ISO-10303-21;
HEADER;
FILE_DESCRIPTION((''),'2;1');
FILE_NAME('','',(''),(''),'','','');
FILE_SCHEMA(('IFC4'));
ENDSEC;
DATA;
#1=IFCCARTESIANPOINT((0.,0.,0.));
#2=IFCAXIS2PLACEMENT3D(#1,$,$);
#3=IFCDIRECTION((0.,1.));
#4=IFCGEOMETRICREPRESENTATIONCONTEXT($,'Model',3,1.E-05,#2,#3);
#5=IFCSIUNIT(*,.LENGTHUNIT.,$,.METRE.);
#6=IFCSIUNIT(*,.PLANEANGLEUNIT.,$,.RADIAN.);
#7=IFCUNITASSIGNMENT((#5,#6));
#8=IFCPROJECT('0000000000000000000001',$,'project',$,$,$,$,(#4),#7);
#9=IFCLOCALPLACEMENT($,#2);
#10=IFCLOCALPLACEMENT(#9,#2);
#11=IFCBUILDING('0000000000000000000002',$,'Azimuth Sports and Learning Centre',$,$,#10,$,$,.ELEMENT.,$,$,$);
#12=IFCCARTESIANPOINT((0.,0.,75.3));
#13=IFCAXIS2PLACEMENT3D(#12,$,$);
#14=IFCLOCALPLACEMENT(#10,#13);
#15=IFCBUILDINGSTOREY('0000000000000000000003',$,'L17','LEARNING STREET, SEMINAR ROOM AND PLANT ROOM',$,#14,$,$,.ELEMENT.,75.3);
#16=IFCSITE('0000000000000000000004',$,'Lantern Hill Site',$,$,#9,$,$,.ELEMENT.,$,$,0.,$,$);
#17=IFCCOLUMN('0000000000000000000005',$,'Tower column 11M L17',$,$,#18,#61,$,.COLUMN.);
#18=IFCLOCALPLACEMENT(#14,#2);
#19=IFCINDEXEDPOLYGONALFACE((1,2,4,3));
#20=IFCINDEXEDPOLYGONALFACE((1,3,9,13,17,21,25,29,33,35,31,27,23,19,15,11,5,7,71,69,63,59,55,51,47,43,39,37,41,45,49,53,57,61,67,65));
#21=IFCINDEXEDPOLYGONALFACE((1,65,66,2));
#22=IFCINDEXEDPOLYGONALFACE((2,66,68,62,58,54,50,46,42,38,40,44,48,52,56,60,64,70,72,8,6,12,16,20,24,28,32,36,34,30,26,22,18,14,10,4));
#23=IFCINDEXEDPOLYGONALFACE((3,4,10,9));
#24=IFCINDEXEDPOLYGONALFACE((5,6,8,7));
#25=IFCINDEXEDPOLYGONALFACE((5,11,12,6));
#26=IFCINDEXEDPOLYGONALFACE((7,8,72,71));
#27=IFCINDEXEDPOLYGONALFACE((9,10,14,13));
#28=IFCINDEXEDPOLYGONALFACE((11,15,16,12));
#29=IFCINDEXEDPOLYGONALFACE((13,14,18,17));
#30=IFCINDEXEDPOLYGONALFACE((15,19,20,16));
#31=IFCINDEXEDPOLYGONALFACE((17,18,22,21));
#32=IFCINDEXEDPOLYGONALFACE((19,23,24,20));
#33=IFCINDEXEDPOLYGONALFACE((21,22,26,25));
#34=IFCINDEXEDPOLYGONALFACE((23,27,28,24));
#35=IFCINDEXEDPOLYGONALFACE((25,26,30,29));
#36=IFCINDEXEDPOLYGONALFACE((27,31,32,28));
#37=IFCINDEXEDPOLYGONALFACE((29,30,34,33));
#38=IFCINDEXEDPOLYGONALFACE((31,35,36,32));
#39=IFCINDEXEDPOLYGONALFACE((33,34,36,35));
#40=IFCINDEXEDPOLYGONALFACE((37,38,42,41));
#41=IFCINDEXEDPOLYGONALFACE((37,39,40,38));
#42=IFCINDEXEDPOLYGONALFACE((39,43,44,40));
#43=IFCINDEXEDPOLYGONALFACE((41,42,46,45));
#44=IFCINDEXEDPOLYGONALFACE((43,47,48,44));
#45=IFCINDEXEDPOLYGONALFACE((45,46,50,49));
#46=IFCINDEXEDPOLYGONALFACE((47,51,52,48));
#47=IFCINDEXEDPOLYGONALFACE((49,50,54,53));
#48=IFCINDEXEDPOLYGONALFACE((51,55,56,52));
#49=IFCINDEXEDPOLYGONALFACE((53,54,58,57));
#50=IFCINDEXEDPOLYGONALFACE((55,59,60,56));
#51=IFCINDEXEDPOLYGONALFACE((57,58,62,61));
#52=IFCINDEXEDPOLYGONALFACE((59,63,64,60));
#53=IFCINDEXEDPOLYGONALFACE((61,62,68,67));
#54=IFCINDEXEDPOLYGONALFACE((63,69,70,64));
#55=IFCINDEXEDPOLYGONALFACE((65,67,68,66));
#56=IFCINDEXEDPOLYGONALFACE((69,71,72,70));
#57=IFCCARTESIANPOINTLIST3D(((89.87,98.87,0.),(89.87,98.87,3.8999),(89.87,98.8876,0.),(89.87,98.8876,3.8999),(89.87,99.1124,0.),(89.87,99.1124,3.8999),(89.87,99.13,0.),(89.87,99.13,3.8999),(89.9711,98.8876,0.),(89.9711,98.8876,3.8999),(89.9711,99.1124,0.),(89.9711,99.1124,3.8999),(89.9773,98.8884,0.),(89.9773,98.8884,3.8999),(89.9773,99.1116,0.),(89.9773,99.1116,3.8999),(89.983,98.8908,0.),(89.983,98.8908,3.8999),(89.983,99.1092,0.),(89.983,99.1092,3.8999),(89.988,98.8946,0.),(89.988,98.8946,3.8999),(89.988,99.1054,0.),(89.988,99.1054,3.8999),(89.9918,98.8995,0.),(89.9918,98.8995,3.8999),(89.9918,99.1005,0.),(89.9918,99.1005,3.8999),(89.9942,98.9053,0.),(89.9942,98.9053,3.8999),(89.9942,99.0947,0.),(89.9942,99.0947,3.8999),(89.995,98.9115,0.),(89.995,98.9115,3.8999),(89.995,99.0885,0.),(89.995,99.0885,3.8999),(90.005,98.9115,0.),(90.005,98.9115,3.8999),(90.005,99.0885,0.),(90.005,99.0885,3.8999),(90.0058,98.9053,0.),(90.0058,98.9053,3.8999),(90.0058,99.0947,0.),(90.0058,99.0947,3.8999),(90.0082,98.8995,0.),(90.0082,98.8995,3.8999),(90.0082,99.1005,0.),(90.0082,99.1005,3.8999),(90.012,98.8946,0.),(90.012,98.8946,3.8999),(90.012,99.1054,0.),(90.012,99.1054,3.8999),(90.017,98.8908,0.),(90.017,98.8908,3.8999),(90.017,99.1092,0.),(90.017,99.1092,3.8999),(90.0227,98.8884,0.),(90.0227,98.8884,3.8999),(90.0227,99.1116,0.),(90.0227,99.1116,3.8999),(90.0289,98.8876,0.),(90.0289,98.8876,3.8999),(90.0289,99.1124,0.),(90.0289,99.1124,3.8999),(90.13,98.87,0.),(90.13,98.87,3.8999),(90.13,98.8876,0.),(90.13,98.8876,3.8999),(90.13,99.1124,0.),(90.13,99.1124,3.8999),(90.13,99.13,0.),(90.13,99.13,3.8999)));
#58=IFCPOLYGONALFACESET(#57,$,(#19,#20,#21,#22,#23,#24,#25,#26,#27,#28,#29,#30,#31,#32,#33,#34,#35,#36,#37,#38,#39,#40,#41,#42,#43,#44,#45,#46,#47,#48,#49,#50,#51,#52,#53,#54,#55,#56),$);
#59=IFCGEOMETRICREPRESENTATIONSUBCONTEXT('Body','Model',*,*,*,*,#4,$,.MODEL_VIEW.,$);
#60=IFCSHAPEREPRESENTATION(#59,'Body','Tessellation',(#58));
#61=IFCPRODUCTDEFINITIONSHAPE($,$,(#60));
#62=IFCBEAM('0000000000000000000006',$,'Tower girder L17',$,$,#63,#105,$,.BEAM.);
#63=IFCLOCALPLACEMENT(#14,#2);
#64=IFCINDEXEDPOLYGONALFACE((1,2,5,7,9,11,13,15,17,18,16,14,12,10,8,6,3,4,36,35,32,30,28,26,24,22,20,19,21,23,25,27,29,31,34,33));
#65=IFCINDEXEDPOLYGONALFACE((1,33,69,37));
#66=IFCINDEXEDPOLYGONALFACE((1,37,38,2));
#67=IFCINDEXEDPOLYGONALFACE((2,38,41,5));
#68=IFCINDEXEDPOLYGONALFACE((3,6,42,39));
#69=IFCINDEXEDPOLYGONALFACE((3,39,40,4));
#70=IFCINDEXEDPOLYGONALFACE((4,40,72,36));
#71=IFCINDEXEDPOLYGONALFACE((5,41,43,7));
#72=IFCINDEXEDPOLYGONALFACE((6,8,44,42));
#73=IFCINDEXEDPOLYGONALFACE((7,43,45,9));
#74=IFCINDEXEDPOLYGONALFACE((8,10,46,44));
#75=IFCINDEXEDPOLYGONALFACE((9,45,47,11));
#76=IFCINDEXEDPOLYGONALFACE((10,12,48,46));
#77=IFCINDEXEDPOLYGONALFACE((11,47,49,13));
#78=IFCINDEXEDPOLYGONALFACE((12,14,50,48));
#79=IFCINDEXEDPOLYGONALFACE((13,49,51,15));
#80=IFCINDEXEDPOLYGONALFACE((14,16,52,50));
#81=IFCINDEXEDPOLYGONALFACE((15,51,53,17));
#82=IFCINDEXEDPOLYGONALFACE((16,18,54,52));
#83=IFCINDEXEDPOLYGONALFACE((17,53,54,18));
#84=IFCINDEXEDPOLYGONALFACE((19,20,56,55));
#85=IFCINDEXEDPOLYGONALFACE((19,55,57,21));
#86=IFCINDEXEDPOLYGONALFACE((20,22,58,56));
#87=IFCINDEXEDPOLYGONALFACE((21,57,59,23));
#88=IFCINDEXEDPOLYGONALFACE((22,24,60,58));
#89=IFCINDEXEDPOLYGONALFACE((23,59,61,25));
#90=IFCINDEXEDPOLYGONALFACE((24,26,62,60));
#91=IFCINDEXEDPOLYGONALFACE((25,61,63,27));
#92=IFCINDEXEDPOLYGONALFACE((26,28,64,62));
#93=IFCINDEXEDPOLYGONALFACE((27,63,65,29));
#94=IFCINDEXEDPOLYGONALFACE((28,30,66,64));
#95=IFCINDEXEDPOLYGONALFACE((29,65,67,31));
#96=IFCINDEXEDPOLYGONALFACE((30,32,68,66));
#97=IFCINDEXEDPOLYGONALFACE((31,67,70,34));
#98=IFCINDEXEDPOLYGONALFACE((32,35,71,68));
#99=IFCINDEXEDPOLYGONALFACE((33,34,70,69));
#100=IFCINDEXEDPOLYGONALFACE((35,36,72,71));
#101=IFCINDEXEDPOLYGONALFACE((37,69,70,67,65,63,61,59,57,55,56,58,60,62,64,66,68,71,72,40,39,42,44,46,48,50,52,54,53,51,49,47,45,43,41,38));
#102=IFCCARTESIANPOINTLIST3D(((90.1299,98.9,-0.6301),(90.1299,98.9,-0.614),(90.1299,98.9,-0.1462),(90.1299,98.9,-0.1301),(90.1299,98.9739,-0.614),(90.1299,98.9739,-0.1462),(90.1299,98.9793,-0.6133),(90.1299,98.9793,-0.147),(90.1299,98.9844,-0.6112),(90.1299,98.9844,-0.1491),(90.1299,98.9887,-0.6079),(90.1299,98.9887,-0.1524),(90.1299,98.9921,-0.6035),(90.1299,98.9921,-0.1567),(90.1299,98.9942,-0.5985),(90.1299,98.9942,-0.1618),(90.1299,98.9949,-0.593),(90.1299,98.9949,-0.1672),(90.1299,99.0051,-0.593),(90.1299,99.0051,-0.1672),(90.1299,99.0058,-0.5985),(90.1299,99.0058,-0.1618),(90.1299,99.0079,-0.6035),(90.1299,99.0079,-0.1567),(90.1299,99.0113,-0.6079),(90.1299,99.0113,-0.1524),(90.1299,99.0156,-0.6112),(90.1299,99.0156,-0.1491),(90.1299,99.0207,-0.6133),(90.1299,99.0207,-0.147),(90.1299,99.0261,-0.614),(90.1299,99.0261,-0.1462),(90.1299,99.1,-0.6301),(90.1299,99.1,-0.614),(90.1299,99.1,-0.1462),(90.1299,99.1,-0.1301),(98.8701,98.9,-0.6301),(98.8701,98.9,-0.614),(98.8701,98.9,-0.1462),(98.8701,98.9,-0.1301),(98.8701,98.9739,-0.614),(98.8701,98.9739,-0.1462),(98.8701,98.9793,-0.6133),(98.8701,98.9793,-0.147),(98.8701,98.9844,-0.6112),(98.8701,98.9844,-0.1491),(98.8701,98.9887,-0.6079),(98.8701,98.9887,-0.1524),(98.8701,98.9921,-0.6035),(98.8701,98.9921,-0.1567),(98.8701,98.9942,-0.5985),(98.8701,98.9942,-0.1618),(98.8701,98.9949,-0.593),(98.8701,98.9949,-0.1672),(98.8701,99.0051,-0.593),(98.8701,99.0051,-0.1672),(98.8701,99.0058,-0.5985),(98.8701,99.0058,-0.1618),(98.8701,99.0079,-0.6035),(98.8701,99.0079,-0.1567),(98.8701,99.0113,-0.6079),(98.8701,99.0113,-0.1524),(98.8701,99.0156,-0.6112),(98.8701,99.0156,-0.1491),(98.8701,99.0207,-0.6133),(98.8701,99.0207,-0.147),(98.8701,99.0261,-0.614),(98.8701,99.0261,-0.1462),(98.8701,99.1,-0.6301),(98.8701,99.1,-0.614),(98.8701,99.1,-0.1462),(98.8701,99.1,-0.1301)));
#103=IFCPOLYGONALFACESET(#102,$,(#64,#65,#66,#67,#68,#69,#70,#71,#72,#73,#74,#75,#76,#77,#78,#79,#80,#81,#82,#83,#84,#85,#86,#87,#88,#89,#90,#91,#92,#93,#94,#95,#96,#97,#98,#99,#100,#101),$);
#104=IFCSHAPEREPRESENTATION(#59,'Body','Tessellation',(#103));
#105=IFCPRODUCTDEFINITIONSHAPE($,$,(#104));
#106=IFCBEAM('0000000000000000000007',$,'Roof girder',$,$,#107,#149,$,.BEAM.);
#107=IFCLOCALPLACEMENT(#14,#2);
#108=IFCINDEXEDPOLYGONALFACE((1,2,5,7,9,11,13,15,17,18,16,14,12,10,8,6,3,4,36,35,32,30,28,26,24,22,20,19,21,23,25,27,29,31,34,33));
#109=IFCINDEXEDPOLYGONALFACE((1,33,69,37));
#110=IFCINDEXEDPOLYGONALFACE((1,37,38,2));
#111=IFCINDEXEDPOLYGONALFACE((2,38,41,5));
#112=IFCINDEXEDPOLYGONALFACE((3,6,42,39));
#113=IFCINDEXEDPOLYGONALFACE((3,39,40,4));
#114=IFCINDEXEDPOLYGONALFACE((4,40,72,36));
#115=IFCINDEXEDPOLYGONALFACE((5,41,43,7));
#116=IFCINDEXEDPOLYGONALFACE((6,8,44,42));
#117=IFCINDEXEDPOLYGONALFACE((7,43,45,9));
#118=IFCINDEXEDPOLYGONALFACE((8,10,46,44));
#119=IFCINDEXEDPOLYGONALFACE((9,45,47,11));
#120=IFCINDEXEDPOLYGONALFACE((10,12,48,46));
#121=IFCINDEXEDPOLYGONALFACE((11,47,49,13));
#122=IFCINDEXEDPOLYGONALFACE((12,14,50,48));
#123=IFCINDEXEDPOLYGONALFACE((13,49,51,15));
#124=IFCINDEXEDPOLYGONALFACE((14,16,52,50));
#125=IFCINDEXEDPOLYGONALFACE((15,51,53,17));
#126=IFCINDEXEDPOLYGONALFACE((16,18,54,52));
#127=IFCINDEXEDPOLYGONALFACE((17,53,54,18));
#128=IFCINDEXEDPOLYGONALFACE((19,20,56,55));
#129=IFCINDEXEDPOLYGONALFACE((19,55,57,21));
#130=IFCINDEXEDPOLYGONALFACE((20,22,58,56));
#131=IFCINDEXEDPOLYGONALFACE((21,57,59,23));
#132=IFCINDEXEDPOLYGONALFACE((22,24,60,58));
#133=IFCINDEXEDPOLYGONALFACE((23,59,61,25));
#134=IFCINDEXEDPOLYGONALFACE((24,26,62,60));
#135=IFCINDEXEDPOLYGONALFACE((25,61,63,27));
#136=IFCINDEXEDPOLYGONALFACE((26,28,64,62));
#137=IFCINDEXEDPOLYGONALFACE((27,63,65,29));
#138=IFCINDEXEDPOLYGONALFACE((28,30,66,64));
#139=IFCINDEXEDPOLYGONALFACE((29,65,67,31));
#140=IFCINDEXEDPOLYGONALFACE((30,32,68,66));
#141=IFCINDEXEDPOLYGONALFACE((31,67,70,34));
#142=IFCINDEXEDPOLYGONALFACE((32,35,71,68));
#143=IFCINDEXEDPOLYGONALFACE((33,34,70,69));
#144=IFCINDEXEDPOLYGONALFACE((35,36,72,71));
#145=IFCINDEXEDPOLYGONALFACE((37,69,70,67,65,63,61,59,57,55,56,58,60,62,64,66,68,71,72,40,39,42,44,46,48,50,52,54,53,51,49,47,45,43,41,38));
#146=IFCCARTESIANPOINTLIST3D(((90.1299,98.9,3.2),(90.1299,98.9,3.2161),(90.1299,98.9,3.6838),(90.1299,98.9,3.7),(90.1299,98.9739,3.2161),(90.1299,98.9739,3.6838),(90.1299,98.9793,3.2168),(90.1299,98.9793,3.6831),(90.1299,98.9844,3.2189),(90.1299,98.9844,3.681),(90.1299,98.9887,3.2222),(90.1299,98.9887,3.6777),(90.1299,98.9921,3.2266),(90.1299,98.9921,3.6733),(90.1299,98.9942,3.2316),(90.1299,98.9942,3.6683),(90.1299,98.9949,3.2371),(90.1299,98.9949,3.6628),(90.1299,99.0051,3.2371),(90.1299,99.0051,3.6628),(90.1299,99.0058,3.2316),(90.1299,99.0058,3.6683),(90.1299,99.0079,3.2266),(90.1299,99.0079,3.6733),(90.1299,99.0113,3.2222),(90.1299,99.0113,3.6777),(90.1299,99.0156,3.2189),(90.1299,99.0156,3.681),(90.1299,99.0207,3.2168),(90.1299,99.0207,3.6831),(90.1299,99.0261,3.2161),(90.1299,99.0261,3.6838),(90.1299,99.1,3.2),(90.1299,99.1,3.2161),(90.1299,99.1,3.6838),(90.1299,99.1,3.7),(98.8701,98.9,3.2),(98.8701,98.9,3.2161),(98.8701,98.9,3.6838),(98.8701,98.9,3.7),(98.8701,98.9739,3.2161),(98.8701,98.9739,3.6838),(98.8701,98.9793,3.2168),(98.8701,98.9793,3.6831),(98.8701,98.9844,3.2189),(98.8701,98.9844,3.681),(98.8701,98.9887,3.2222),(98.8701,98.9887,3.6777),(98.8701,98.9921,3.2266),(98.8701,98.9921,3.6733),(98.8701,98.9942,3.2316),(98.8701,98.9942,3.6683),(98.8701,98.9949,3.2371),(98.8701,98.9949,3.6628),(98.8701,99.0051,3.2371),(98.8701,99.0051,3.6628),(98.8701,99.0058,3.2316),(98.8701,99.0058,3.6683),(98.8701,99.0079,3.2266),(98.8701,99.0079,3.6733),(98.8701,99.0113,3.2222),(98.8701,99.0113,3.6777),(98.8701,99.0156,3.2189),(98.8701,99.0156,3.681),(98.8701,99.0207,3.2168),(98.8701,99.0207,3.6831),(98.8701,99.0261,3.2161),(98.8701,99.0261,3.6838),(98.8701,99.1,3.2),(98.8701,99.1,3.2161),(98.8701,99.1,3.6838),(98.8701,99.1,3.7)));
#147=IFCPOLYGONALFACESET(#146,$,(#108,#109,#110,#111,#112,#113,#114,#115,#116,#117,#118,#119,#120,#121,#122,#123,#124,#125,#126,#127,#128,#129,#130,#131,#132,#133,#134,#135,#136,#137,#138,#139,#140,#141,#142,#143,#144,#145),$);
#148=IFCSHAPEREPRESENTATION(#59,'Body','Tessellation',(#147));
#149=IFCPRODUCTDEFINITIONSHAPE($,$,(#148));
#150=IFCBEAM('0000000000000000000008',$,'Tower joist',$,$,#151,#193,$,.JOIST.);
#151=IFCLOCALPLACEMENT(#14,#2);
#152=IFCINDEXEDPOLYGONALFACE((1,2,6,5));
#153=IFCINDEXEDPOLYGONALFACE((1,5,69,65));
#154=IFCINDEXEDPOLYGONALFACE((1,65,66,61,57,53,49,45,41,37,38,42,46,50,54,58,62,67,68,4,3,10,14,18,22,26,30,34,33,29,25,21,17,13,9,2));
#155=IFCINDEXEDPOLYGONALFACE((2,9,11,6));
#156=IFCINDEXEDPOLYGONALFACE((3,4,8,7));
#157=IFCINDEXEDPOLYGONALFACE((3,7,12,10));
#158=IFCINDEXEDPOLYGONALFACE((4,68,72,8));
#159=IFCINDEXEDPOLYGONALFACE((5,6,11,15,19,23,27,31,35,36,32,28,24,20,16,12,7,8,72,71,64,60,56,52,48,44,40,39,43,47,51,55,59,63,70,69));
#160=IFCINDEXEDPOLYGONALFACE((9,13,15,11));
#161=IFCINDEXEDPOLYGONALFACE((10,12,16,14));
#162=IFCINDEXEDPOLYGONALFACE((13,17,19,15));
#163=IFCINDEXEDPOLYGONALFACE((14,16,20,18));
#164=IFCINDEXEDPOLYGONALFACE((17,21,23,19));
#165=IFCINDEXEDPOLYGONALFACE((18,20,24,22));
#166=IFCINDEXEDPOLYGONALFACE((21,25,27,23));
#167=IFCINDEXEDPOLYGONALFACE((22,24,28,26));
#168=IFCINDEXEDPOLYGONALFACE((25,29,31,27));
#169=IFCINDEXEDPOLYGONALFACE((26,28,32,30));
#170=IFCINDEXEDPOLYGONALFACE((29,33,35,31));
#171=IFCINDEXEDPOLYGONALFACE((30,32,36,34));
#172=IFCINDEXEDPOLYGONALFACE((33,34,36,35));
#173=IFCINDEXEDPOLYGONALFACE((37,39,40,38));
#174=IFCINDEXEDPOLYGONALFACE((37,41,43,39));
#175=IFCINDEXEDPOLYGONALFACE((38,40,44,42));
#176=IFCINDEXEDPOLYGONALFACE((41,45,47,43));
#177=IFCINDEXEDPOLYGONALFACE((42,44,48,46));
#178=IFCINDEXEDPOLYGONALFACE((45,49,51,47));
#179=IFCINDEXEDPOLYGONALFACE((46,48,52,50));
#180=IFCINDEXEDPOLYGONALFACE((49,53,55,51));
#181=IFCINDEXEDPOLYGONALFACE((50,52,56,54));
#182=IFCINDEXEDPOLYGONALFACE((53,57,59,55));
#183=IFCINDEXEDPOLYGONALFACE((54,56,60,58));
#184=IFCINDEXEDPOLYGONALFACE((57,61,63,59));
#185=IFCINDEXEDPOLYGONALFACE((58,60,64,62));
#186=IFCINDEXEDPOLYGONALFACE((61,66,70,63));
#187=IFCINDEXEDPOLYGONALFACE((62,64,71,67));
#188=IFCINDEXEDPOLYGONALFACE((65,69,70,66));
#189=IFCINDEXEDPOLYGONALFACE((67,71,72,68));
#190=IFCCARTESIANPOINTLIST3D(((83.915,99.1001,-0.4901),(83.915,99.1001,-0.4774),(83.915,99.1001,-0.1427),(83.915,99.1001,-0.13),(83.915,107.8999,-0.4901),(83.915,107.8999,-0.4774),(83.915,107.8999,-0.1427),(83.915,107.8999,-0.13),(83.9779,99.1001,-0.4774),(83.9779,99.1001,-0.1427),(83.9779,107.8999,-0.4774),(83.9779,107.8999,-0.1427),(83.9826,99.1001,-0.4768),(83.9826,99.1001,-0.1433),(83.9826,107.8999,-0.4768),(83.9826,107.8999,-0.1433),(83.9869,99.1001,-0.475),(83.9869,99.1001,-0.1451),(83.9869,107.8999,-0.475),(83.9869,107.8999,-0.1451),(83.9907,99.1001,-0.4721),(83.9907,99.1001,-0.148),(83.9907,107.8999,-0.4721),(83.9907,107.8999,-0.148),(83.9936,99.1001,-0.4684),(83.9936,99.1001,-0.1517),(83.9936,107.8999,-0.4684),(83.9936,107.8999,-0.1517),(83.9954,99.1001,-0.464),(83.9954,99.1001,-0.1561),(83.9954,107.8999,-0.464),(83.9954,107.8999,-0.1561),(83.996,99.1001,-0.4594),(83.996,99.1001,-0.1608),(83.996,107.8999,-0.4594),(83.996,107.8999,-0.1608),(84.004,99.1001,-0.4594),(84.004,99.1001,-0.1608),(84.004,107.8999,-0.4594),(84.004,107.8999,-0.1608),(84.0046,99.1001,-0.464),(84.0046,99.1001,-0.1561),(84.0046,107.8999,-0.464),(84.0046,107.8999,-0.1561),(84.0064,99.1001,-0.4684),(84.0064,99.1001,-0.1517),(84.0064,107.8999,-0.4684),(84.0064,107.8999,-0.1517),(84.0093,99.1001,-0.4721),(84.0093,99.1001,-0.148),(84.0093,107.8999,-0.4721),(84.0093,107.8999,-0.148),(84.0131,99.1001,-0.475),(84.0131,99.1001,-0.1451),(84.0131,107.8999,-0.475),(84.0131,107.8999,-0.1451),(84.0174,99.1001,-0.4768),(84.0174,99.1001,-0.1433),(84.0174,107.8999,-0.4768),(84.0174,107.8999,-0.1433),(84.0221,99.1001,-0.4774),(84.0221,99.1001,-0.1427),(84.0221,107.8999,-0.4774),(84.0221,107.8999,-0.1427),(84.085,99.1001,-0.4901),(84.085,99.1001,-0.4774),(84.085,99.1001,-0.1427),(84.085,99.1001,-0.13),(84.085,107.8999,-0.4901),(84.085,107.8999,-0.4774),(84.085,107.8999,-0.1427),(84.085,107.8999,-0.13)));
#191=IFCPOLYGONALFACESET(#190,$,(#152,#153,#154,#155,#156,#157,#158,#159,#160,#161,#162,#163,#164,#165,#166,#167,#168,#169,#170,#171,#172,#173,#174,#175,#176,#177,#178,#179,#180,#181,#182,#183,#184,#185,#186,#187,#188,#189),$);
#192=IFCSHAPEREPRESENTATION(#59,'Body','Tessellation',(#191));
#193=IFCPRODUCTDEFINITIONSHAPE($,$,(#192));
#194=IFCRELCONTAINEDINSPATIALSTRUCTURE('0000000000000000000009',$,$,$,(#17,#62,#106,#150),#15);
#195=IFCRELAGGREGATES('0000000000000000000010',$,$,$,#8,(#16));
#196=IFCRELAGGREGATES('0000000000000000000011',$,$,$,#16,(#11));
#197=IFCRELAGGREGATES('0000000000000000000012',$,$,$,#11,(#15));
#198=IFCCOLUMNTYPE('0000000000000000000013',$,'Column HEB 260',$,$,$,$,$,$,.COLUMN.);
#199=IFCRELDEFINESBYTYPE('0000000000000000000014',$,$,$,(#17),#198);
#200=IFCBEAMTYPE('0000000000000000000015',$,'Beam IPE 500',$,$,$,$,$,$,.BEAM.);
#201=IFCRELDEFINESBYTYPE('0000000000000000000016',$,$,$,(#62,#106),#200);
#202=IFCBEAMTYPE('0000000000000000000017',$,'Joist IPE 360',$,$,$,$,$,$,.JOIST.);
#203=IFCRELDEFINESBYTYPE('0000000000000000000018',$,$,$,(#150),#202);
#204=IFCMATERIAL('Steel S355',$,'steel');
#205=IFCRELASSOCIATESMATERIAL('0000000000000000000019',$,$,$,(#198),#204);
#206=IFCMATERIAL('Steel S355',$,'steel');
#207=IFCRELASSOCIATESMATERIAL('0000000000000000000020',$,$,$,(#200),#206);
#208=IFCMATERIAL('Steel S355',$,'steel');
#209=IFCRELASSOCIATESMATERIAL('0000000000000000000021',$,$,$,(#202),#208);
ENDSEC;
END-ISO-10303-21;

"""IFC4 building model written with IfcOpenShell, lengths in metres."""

from ifc_helpers import new_model, si_unit, direction, frame, origin, origin_2d, place, context, subcontext, project, spatial, i_section, extrude, material, material_profile, profile_set, type_object, element, save


model = new_model("IFC4")

# Units and contexts
model_context = context("Model", 3, precision=1e-05, world=origin(), true_north=direction((0.0, 1.0)))
body_context = subcontext(model_context, "Body", "Model", "MODEL_VIEW")
ifc_project = project(units=[si_unit("LENGTHUNIT", "METRE"), si_unit("PLANEANGLEUNIT", "RADIAN")], contexts=[model_context])

# Site, building, storey
site_placement = place(None, origin())
site = spatial("IfcSite", under=ifc_project, at=site_placement, Name="Lantern Hill Site", CompositionType="ELEMENT", RefElevation=0.0)
building_placement = place(site_placement, origin())
building = spatial("IfcBuilding", under=site, at=building_placement, Name="Azimuth Sports and Learning Centre", CompositionType="ELEMENT")
storey_placement = place(building_placement, frame((0.0, 0.0, 75.3)))
storey = spatial("IfcBuildingStorey", under=building, at=storey_placement, Name="L17", Description="LEARNING STREET, SEMINAR ROOM AND PLANT ROOM", CompositionType="ELEMENT", Elevation=75.3)

# Column
ifc_material_1 = material(Name="Steel S355", Category="steel")
ifc_material_profile_1 = material_profile(ifc_material_1, i_section(OverallWidth=0.26, OverallDepth=0.26, WebThickness=0.01, FlangeThickness=0.0176, FilletRadius=0.0239, at=origin_2d()), Name="HEB 260")
ifc_profile_set_1 = profile_set([ifc_material_profile_1], Name="Steel S355")
column_type = type_object("IfcColumnType", Name="Column HEB 260", PredefinedType="COLUMN", material=ifc_profile_set_1)
column_placement = place(storey_placement, frame((90.0, 99.0, 0.0), z_axis=(0.0, 0.0, 1.0), x_axis=(1.0, 0.0, 0.0)))
element("IfcColumn", 1, at=column_placement, inside=storey, type_object=column_type, Name="Tower column 11M L17", PredefinedType="COLUMN", context=body_context, shape_type="SweptSolid", body=[
    extrude(i_section(OverallWidth=0.26, OverallDepth=0.26, WebThickness=0.01, FlangeThickness=0.0176, FilletRadius=0.0239, at=origin_2d()), origin(), (0.0, 0.0, 1.0), 3.8999),
])

# Beams
ifc_material_2 = material(Name="Steel S355", Category="steel")
ifc_material_profile_2 = material_profile(ifc_material_2, i_section(OverallWidth=0.2, OverallDepth=0.5, WebThickness=0.0103, FlangeThickness=0.0161, FilletRadius=0.021, at=origin_2d()), Name="IPE 500")
ifc_profile_set_2 = profile_set([ifc_material_profile_2], Name="Steel S355")
beam_type_1 = type_object("IfcBeamType", Name="Beam IPE 500", PredefinedType="BEAM", material=ifc_profile_set_2)
for number, where, z_axis, x_axis, name in (
    (2, (90.1299, 99.0, -0.3801), (1.0, 0.0, 0.0), (0.0, 1.0, 0.0), "Tower girder L17"),
    (3, (90.1299, 99.0, 3.45), (1.0, 0.0, 0.0), (0.0, 1.0, 0.0), "Roof girder"),
):
    element("IfcBeam", number, at=place(storey_placement, frame(where, z_axis=z_axis, x_axis=x_axis)), inside=storey, type_object=beam_type_1, Name=name, PredefinedType="BEAM", context=body_context, shape_type="SweptSolid", body=[
        extrude(i_section(OverallWidth=0.2, OverallDepth=0.5, WebThickness=0.0103, FlangeThickness=0.0161, FilletRadius=0.021, at=origin_2d()), origin(), (0.0, 0.0, 1.0), 8.7402),
    ])
ifc_material_3 = material(Name="Steel S355", Category="steel")
ifc_material_profile_3 = material_profile(ifc_material_3, i_section(OverallWidth=0.1699, OverallDepth=0.3601, WebThickness=0.0081, FlangeThickness=0.0127, FilletRadius=0.0181, at=origin_2d()), Name="IPE 360")
ifc_profile_set_3 = profile_set([ifc_material_profile_3], Name="Steel S355")
beam_type_2 = type_object("IfcBeamType", Name="Joist IPE 360", PredefinedType="JOIST", material=ifc_profile_set_3)
for number, where, z_axis, x_axis, name in (
    (4, (84.0, 99.1001, -0.3101), (0.0, 1.0, 0.0), (-1.0, 0.0, 0.0), "Tower joist"),
):
    element("IfcBeam", number, at=place(storey_placement, frame(where, z_axis=z_axis, x_axis=x_axis)), inside=storey, type_object=beam_type_2, Name=name, PredefinedType="JOIST", context=body_context, shape_type="SweptSolid", body=[
        extrude(i_section(OverallWidth=0.1699, OverallDepth=0.3601, WebThickness=0.0081, FlangeThickness=0.0127, FilletRadius=0.0181, at=origin_2d()), origin(), (0.0, 0.0, 1.0), 8.7998),
    ])

save(model, "model.ifc")
